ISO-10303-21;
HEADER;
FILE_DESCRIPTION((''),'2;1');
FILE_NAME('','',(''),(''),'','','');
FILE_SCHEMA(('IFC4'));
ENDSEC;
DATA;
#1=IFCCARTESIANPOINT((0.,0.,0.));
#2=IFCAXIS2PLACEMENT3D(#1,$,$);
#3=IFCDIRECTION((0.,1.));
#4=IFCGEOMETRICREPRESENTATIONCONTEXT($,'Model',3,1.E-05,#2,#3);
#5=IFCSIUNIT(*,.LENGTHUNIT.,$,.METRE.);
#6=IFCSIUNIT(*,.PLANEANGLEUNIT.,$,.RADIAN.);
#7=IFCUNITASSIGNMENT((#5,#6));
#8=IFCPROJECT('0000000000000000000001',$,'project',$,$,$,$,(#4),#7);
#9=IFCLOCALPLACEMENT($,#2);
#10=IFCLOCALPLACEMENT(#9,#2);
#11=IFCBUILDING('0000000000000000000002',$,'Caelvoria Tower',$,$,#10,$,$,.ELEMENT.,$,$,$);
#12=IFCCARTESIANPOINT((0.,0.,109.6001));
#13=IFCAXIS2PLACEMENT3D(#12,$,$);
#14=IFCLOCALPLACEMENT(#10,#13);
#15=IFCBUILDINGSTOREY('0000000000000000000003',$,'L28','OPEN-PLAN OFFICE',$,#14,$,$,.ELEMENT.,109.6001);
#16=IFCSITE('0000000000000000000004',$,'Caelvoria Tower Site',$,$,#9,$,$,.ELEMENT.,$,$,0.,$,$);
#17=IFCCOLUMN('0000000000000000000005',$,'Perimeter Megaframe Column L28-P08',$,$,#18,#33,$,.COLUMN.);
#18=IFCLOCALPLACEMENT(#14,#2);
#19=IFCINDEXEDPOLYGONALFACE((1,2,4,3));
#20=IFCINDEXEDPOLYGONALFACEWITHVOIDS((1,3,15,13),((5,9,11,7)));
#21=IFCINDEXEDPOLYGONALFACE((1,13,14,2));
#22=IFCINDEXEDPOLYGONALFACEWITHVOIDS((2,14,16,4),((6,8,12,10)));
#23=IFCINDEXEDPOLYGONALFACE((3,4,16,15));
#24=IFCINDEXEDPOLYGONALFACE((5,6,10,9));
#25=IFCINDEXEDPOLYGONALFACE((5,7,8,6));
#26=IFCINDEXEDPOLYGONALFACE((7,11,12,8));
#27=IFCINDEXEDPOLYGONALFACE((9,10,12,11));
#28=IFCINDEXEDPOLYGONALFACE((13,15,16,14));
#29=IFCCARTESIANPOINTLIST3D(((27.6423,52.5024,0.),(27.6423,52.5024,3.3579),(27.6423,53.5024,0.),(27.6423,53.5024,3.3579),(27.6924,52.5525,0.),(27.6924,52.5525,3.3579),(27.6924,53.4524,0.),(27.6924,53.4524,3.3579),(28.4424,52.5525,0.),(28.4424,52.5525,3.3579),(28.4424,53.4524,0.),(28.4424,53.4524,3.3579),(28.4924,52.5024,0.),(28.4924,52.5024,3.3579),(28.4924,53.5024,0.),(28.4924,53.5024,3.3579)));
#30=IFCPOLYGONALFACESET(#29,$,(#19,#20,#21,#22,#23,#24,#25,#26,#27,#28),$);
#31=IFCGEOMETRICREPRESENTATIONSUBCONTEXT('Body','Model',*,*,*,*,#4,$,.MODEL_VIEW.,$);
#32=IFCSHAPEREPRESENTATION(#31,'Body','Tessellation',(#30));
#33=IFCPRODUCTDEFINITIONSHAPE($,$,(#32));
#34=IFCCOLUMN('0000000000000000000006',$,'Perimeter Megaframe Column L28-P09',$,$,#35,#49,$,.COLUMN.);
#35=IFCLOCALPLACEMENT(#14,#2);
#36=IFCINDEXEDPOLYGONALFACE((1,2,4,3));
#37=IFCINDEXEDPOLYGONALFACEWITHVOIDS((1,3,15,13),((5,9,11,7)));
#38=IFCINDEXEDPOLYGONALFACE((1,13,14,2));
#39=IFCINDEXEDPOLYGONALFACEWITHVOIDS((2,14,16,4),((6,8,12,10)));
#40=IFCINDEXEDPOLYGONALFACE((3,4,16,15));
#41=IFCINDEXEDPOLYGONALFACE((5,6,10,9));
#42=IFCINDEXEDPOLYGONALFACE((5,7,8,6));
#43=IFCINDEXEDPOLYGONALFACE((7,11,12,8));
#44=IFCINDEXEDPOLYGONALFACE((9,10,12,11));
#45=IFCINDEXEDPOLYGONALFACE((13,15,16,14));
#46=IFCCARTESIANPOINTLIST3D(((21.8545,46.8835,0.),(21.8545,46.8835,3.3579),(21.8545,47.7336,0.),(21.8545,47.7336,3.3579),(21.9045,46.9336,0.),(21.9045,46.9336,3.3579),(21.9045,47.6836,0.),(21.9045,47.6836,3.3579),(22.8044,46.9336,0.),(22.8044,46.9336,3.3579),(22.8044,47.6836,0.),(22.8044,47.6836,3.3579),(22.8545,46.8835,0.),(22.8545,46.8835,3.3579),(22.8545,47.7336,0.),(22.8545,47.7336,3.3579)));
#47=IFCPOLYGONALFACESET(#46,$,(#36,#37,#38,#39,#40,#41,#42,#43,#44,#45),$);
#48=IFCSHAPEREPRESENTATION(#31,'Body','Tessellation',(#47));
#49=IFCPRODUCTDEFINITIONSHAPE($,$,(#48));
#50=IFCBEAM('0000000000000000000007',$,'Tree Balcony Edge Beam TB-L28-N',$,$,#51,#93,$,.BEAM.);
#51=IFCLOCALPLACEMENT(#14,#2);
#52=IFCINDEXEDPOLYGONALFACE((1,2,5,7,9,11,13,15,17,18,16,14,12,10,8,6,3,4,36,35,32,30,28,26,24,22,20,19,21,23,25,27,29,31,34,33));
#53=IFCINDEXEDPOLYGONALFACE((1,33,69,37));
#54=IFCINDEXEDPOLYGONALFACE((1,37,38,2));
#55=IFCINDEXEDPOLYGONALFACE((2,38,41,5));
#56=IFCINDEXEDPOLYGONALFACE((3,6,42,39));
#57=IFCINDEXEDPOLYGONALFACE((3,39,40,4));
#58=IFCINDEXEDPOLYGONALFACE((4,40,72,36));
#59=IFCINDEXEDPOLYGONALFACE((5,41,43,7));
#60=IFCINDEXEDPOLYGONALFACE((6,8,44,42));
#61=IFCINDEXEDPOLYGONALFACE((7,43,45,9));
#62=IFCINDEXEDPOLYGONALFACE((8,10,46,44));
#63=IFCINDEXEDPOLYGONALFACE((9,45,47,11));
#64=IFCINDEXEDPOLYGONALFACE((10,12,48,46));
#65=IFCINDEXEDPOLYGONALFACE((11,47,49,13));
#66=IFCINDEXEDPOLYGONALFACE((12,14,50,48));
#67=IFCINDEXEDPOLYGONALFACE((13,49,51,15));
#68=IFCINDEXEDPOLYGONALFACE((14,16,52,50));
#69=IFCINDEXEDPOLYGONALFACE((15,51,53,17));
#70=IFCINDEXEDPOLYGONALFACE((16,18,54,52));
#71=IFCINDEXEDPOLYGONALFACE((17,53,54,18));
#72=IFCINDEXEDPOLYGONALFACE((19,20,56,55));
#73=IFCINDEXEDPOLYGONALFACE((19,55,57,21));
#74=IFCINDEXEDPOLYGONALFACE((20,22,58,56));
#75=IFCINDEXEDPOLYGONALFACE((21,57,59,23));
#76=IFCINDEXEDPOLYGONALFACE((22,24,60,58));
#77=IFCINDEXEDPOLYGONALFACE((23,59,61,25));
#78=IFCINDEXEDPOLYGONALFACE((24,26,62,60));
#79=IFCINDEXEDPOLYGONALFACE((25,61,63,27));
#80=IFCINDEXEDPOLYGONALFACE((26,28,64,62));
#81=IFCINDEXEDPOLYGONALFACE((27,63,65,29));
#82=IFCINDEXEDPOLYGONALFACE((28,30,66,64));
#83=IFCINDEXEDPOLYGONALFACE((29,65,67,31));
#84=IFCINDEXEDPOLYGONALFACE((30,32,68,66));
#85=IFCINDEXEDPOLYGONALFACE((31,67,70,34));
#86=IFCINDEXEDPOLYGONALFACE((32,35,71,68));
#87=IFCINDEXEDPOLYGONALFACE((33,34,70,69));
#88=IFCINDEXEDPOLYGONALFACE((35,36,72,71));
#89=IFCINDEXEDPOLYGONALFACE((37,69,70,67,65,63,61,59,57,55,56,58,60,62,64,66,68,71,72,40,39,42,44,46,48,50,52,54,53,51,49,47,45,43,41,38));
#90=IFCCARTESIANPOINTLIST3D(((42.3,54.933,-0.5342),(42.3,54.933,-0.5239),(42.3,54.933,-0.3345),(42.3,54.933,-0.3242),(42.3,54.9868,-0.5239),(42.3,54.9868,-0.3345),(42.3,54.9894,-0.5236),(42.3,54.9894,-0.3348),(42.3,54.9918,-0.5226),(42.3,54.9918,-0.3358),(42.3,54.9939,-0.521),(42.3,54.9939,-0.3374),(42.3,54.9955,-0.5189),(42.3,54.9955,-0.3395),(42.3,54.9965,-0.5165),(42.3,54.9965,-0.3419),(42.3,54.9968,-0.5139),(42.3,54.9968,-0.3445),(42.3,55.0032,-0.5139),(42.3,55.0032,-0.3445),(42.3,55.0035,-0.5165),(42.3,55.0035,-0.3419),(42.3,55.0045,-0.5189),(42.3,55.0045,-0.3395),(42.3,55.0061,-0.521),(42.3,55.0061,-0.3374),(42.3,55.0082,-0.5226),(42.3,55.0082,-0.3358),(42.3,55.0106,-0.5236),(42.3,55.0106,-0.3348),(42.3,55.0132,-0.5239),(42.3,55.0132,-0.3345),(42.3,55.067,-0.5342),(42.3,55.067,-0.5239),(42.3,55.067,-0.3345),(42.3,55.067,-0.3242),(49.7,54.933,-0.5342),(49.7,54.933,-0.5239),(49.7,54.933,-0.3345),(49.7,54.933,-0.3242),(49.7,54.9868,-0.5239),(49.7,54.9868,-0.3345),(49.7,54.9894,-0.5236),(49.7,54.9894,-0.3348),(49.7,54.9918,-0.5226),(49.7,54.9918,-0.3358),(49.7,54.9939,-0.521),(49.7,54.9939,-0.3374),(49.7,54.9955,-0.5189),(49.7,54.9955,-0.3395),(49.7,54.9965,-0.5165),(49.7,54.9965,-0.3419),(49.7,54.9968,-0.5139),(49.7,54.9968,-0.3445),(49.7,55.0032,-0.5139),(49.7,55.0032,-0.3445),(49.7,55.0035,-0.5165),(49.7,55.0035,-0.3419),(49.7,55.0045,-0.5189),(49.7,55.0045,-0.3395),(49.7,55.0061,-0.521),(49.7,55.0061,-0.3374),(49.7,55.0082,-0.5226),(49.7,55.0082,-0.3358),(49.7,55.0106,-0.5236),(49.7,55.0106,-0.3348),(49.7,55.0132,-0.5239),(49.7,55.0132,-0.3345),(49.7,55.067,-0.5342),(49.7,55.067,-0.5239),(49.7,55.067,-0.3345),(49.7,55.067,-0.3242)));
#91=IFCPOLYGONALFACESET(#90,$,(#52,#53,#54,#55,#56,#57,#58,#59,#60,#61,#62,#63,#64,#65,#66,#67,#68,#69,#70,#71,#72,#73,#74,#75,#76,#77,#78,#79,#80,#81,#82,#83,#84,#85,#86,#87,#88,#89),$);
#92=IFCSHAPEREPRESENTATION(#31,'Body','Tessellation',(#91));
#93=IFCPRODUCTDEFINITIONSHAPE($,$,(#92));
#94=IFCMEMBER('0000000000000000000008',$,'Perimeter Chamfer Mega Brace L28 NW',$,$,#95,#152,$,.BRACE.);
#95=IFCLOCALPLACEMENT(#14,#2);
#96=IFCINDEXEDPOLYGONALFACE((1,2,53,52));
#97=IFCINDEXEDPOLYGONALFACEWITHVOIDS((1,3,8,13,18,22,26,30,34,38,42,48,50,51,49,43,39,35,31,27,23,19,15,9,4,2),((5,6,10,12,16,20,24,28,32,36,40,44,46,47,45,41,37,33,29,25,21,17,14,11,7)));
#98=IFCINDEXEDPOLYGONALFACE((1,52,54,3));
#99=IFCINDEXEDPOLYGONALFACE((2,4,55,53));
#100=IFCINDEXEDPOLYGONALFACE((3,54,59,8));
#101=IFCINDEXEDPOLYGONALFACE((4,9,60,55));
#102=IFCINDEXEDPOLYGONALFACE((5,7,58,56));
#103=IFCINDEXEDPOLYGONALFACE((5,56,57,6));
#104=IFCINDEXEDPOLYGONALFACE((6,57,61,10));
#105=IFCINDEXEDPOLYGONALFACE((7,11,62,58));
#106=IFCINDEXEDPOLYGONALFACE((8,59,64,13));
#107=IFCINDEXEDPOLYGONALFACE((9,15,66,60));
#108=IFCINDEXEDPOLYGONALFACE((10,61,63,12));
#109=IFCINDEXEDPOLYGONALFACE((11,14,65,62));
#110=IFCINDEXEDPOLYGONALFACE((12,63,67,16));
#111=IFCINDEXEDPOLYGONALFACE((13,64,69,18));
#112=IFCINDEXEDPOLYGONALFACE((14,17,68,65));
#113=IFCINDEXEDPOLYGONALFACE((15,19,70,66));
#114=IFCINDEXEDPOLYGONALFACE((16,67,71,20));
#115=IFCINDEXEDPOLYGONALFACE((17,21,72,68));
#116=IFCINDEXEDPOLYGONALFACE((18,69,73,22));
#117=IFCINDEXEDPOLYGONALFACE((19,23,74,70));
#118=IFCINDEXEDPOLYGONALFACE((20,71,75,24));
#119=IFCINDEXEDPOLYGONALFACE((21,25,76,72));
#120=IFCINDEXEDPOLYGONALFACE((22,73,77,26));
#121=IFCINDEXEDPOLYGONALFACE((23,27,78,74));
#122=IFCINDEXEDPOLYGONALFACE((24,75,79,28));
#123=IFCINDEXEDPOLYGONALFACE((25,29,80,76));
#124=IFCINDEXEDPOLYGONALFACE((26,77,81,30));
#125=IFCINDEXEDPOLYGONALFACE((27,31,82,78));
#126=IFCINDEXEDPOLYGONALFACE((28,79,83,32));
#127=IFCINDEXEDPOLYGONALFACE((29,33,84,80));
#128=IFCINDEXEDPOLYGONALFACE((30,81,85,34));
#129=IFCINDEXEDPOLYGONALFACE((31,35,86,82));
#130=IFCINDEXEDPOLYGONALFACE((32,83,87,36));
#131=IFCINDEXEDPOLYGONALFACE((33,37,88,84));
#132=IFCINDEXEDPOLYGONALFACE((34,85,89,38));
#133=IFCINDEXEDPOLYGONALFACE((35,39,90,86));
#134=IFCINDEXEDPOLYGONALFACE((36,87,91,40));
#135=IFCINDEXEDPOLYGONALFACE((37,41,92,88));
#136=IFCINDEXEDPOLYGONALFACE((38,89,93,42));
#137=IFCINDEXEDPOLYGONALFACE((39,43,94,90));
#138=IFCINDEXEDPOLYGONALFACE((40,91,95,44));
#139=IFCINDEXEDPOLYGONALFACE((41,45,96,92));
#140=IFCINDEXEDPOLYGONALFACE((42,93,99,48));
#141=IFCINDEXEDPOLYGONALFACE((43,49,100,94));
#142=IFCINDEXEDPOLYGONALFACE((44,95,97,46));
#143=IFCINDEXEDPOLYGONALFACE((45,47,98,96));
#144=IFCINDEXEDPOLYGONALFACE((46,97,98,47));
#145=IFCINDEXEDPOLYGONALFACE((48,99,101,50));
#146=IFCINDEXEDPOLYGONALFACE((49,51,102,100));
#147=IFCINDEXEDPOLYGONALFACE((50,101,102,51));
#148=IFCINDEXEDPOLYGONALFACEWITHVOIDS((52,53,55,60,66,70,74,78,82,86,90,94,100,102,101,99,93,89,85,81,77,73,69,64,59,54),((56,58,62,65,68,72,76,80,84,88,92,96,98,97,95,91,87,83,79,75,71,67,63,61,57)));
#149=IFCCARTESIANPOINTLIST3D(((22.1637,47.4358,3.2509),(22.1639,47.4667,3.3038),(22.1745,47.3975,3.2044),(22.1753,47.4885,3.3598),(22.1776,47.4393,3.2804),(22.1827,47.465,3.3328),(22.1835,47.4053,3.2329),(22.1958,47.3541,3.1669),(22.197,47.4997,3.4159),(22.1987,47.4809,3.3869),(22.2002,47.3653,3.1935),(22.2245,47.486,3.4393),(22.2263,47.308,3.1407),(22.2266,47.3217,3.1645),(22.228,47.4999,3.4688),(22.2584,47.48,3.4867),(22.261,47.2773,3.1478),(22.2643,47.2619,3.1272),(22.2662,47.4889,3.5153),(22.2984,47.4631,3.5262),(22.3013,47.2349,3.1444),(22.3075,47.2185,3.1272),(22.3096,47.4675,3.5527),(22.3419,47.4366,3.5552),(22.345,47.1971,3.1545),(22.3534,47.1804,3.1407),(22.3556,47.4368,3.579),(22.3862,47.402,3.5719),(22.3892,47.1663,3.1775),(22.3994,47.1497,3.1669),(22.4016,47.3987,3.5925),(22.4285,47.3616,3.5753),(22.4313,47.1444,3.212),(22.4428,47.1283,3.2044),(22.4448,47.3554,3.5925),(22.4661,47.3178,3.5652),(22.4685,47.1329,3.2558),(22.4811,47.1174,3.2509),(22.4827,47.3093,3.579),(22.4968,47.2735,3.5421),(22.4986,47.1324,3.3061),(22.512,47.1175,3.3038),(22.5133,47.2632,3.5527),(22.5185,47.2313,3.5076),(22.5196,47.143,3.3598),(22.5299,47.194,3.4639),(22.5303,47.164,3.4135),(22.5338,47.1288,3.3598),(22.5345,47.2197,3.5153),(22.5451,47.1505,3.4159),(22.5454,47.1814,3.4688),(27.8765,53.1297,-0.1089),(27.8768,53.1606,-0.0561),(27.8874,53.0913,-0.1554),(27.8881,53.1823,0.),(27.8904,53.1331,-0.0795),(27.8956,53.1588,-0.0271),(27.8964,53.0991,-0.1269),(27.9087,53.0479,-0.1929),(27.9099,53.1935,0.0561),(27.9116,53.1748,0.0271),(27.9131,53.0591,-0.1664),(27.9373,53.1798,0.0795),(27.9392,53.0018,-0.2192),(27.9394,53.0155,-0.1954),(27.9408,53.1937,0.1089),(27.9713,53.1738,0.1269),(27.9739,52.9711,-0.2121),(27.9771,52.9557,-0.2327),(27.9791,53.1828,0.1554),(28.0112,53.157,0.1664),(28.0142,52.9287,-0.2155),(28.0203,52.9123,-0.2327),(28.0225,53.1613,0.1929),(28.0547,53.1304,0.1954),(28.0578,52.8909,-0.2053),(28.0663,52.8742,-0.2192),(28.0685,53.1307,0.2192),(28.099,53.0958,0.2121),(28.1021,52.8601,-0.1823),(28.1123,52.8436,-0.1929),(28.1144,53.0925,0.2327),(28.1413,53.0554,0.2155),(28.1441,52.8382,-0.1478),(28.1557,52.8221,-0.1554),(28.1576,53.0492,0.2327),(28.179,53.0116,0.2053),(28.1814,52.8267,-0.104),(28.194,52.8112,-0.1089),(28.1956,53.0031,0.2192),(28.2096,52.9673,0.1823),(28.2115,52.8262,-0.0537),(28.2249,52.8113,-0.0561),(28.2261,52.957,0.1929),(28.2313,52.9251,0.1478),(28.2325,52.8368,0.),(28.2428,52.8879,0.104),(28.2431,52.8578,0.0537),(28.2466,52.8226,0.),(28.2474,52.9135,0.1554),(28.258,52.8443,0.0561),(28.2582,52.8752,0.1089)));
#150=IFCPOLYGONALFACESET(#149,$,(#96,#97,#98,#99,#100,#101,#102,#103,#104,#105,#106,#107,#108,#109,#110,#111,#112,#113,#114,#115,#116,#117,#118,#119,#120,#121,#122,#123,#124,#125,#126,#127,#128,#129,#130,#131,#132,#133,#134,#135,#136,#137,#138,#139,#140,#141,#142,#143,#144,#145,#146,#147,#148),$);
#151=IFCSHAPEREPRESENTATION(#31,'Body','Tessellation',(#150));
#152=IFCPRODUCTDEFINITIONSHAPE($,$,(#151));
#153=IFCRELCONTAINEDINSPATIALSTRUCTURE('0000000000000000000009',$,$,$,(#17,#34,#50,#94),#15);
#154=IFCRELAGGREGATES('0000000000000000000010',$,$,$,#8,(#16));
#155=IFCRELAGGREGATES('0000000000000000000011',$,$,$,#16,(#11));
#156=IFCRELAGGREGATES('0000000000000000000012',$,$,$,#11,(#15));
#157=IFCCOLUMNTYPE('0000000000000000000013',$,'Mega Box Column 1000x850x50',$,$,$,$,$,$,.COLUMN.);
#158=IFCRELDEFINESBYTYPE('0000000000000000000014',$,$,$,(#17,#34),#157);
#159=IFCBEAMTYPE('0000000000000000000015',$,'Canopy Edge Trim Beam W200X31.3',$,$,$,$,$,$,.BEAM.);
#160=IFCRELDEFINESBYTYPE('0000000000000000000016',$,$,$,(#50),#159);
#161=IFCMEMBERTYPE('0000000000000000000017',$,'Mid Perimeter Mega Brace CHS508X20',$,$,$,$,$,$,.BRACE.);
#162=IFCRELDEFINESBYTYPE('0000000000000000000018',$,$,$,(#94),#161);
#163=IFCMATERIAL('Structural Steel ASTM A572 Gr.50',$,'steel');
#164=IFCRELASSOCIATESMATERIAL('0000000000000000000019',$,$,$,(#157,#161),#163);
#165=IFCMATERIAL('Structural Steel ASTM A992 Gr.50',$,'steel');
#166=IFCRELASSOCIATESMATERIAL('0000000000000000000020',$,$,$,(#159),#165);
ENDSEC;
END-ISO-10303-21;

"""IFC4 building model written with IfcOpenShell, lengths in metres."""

from ifc_helpers import new_model, si_unit, direction, frame, origin, origin_2d, place, context, subcontext, project, spatial, hollow_rectangle, hollow_circle, i_section, extrude, material, material_profile, profile_set, type_object, element, save


model = new_model("IFC4")

# Units and contexts
model_context = context("Model", 3, precision=1e-05, world=origin(), true_north=direction((0.0, 1.0)))
body_context = subcontext(model_context, "Body", "Model", "MODEL_VIEW")
ifc_project = project(units=[si_unit("LENGTHUNIT", "METRE"), si_unit("PLANEANGLEUNIT", "RADIAN")], contexts=[model_context])

# Site, building, storey
site_placement = place(None, origin())
site = spatial("IfcSite", under=ifc_project, at=site_placement, Name="Caelvoria Tower Site", CompositionType="ELEMENT", RefElevation=0.0)
building_placement = place(site_placement, origin())
building = spatial("IfcBuilding", under=site, at=building_placement, Name="Caelvoria Tower", CompositionType="ELEMENT")
storey_placement = place(building_placement, frame((0.0, 0.0, 109.6001)))
storey = spatial("IfcBuildingStorey", under=building, at=storey_placement, Name="L28", Description="OPEN-PLAN OFFICE", CompositionType="ELEMENT", Elevation=109.6001)

# Columns
ifc_material_1 = material(Name="Structural Steel ASTM A572 Gr.50", Category="steel")
ifc_material_profile_1 = material_profile(ifc_material_1, hollow_rectangle(XDim=0.8501, YDim=1.0, WallThickness=0.05, at=origin_2d()), Name="Structural Steel ASTM A572 Gr.50")
ifc_profile_set_1 = profile_set([ifc_material_profile_1], Name="BOX1000X850X50 - Structural Steel ASTM A572 Gr.50")
column_type = type_object("IfcColumnType", Name="Mega Box Column 1000x850x50", PredefinedType="COLUMN", material=ifc_profile_set_1)
for number, where, z_axis, x_axis, name in (
    (1, (28.0674, 53.0024, 0.0), (0.0, 0.0, 1.0), (1.0, 0.0, 0.0), "Perimeter Megaframe Column L28-P08"),
    (2, (22.3545, 47.3086, 0.0), (0.0, 0.0, 1.0), (0.0, 1.0, 0.0), "Perimeter Megaframe Column L28-P09"),
):
    element("IfcColumn", number, at=place(storey_placement, frame(where, z_axis=z_axis, x_axis=x_axis)), inside=storey, type_object=column_type, Name=name, PredefinedType="COLUMN", context=body_context, shape_type="SweptSolid", body=[
        extrude(hollow_rectangle(XDim=0.8501, YDim=1.0, WallThickness=0.05, at=origin_2d()), origin(), (0.0, 0.0, 1.0), 3.3579),
    ])

# Beam
ifc_material_2 = material(Name="Structural Steel ASTM A992 Gr.50", Category="steel")
ifc_material_profile_2 = material_profile(ifc_material_2, i_section(OverallWidth=0.134, OverallDepth=0.21, WebThickness=0.0063, FlangeThickness=0.0103, FilletRadius=0.01, at=origin_2d()), Name="Structural Steel ASTM A992 Gr.50")
ifc_profile_set_2 = profile_set([ifc_material_profile_2], Name="W200X31.3 - Structural Steel ASTM A992 Gr.50")
beam_type_1 = type_object("IfcBeamType", Name="Canopy Edge Trim Beam W200X31.3", PredefinedType="BEAM", material=ifc_profile_set_2)
beam_1_placement = place(storey_placement, frame((42.3, 55.0, -0.4292), z_axis=(1.0, 0.0, 0.0), x_axis=(0.0, 1.0, 0.0)))
element("IfcBeam", 3, at=beam_1_placement, inside=storey, type_object=beam_type_1, Name="Tree Balcony Edge Beam TB-L28-N", PredefinedType="BEAM", context=body_context, shape_type="SweptSolid", body=[
    extrude(i_section(OverallWidth=0.134, OverallDepth=0.21, WebThickness=0.0063, FlangeThickness=0.0103, FilletRadius=0.01, at=origin_2d()), origin(), (0.0, 0.0, 1.0), 7.3999),
])

# Member
ifc_material_profile_3 = material_profile(ifc_material_1, hollow_circle(Radius=0.2539, WallThickness=0.02, at=origin_2d()), Name="Structural Steel ASTM A572 Gr.50")
ifc_profile_set_3 = profile_set([ifc_material_profile_3], Name="CHS508X20 - Structural Steel ASTM A572 Gr.50")
member_type = type_object("IfcMemberType", Name="Mid Perimeter Mega Brace CHS508X20", PredefinedType="BRACE", material=ifc_profile_set_3)
member_placement = place(storey_placement, frame((28.0674, 53.0024, 0.0), z_axis=(-0.653828, -0.651649, 0.384529), x_axis=(0.705925, -0.708286, 0.0)))
element("IfcMember", 4, at=member_placement, inside=storey, type_object=member_type, Name="Perimeter Chamfer Mega Brace L28 NW", PredefinedType="BRACE", context=body_context, shape_type="SweptSolid", body=[
    extrude(hollow_circle(Radius=0.2539, WallThickness=0.02, at=origin_2d()), origin(), (0.0, 0.0, 1.0), 8.7375),
])

save(model, "model.ifc")
